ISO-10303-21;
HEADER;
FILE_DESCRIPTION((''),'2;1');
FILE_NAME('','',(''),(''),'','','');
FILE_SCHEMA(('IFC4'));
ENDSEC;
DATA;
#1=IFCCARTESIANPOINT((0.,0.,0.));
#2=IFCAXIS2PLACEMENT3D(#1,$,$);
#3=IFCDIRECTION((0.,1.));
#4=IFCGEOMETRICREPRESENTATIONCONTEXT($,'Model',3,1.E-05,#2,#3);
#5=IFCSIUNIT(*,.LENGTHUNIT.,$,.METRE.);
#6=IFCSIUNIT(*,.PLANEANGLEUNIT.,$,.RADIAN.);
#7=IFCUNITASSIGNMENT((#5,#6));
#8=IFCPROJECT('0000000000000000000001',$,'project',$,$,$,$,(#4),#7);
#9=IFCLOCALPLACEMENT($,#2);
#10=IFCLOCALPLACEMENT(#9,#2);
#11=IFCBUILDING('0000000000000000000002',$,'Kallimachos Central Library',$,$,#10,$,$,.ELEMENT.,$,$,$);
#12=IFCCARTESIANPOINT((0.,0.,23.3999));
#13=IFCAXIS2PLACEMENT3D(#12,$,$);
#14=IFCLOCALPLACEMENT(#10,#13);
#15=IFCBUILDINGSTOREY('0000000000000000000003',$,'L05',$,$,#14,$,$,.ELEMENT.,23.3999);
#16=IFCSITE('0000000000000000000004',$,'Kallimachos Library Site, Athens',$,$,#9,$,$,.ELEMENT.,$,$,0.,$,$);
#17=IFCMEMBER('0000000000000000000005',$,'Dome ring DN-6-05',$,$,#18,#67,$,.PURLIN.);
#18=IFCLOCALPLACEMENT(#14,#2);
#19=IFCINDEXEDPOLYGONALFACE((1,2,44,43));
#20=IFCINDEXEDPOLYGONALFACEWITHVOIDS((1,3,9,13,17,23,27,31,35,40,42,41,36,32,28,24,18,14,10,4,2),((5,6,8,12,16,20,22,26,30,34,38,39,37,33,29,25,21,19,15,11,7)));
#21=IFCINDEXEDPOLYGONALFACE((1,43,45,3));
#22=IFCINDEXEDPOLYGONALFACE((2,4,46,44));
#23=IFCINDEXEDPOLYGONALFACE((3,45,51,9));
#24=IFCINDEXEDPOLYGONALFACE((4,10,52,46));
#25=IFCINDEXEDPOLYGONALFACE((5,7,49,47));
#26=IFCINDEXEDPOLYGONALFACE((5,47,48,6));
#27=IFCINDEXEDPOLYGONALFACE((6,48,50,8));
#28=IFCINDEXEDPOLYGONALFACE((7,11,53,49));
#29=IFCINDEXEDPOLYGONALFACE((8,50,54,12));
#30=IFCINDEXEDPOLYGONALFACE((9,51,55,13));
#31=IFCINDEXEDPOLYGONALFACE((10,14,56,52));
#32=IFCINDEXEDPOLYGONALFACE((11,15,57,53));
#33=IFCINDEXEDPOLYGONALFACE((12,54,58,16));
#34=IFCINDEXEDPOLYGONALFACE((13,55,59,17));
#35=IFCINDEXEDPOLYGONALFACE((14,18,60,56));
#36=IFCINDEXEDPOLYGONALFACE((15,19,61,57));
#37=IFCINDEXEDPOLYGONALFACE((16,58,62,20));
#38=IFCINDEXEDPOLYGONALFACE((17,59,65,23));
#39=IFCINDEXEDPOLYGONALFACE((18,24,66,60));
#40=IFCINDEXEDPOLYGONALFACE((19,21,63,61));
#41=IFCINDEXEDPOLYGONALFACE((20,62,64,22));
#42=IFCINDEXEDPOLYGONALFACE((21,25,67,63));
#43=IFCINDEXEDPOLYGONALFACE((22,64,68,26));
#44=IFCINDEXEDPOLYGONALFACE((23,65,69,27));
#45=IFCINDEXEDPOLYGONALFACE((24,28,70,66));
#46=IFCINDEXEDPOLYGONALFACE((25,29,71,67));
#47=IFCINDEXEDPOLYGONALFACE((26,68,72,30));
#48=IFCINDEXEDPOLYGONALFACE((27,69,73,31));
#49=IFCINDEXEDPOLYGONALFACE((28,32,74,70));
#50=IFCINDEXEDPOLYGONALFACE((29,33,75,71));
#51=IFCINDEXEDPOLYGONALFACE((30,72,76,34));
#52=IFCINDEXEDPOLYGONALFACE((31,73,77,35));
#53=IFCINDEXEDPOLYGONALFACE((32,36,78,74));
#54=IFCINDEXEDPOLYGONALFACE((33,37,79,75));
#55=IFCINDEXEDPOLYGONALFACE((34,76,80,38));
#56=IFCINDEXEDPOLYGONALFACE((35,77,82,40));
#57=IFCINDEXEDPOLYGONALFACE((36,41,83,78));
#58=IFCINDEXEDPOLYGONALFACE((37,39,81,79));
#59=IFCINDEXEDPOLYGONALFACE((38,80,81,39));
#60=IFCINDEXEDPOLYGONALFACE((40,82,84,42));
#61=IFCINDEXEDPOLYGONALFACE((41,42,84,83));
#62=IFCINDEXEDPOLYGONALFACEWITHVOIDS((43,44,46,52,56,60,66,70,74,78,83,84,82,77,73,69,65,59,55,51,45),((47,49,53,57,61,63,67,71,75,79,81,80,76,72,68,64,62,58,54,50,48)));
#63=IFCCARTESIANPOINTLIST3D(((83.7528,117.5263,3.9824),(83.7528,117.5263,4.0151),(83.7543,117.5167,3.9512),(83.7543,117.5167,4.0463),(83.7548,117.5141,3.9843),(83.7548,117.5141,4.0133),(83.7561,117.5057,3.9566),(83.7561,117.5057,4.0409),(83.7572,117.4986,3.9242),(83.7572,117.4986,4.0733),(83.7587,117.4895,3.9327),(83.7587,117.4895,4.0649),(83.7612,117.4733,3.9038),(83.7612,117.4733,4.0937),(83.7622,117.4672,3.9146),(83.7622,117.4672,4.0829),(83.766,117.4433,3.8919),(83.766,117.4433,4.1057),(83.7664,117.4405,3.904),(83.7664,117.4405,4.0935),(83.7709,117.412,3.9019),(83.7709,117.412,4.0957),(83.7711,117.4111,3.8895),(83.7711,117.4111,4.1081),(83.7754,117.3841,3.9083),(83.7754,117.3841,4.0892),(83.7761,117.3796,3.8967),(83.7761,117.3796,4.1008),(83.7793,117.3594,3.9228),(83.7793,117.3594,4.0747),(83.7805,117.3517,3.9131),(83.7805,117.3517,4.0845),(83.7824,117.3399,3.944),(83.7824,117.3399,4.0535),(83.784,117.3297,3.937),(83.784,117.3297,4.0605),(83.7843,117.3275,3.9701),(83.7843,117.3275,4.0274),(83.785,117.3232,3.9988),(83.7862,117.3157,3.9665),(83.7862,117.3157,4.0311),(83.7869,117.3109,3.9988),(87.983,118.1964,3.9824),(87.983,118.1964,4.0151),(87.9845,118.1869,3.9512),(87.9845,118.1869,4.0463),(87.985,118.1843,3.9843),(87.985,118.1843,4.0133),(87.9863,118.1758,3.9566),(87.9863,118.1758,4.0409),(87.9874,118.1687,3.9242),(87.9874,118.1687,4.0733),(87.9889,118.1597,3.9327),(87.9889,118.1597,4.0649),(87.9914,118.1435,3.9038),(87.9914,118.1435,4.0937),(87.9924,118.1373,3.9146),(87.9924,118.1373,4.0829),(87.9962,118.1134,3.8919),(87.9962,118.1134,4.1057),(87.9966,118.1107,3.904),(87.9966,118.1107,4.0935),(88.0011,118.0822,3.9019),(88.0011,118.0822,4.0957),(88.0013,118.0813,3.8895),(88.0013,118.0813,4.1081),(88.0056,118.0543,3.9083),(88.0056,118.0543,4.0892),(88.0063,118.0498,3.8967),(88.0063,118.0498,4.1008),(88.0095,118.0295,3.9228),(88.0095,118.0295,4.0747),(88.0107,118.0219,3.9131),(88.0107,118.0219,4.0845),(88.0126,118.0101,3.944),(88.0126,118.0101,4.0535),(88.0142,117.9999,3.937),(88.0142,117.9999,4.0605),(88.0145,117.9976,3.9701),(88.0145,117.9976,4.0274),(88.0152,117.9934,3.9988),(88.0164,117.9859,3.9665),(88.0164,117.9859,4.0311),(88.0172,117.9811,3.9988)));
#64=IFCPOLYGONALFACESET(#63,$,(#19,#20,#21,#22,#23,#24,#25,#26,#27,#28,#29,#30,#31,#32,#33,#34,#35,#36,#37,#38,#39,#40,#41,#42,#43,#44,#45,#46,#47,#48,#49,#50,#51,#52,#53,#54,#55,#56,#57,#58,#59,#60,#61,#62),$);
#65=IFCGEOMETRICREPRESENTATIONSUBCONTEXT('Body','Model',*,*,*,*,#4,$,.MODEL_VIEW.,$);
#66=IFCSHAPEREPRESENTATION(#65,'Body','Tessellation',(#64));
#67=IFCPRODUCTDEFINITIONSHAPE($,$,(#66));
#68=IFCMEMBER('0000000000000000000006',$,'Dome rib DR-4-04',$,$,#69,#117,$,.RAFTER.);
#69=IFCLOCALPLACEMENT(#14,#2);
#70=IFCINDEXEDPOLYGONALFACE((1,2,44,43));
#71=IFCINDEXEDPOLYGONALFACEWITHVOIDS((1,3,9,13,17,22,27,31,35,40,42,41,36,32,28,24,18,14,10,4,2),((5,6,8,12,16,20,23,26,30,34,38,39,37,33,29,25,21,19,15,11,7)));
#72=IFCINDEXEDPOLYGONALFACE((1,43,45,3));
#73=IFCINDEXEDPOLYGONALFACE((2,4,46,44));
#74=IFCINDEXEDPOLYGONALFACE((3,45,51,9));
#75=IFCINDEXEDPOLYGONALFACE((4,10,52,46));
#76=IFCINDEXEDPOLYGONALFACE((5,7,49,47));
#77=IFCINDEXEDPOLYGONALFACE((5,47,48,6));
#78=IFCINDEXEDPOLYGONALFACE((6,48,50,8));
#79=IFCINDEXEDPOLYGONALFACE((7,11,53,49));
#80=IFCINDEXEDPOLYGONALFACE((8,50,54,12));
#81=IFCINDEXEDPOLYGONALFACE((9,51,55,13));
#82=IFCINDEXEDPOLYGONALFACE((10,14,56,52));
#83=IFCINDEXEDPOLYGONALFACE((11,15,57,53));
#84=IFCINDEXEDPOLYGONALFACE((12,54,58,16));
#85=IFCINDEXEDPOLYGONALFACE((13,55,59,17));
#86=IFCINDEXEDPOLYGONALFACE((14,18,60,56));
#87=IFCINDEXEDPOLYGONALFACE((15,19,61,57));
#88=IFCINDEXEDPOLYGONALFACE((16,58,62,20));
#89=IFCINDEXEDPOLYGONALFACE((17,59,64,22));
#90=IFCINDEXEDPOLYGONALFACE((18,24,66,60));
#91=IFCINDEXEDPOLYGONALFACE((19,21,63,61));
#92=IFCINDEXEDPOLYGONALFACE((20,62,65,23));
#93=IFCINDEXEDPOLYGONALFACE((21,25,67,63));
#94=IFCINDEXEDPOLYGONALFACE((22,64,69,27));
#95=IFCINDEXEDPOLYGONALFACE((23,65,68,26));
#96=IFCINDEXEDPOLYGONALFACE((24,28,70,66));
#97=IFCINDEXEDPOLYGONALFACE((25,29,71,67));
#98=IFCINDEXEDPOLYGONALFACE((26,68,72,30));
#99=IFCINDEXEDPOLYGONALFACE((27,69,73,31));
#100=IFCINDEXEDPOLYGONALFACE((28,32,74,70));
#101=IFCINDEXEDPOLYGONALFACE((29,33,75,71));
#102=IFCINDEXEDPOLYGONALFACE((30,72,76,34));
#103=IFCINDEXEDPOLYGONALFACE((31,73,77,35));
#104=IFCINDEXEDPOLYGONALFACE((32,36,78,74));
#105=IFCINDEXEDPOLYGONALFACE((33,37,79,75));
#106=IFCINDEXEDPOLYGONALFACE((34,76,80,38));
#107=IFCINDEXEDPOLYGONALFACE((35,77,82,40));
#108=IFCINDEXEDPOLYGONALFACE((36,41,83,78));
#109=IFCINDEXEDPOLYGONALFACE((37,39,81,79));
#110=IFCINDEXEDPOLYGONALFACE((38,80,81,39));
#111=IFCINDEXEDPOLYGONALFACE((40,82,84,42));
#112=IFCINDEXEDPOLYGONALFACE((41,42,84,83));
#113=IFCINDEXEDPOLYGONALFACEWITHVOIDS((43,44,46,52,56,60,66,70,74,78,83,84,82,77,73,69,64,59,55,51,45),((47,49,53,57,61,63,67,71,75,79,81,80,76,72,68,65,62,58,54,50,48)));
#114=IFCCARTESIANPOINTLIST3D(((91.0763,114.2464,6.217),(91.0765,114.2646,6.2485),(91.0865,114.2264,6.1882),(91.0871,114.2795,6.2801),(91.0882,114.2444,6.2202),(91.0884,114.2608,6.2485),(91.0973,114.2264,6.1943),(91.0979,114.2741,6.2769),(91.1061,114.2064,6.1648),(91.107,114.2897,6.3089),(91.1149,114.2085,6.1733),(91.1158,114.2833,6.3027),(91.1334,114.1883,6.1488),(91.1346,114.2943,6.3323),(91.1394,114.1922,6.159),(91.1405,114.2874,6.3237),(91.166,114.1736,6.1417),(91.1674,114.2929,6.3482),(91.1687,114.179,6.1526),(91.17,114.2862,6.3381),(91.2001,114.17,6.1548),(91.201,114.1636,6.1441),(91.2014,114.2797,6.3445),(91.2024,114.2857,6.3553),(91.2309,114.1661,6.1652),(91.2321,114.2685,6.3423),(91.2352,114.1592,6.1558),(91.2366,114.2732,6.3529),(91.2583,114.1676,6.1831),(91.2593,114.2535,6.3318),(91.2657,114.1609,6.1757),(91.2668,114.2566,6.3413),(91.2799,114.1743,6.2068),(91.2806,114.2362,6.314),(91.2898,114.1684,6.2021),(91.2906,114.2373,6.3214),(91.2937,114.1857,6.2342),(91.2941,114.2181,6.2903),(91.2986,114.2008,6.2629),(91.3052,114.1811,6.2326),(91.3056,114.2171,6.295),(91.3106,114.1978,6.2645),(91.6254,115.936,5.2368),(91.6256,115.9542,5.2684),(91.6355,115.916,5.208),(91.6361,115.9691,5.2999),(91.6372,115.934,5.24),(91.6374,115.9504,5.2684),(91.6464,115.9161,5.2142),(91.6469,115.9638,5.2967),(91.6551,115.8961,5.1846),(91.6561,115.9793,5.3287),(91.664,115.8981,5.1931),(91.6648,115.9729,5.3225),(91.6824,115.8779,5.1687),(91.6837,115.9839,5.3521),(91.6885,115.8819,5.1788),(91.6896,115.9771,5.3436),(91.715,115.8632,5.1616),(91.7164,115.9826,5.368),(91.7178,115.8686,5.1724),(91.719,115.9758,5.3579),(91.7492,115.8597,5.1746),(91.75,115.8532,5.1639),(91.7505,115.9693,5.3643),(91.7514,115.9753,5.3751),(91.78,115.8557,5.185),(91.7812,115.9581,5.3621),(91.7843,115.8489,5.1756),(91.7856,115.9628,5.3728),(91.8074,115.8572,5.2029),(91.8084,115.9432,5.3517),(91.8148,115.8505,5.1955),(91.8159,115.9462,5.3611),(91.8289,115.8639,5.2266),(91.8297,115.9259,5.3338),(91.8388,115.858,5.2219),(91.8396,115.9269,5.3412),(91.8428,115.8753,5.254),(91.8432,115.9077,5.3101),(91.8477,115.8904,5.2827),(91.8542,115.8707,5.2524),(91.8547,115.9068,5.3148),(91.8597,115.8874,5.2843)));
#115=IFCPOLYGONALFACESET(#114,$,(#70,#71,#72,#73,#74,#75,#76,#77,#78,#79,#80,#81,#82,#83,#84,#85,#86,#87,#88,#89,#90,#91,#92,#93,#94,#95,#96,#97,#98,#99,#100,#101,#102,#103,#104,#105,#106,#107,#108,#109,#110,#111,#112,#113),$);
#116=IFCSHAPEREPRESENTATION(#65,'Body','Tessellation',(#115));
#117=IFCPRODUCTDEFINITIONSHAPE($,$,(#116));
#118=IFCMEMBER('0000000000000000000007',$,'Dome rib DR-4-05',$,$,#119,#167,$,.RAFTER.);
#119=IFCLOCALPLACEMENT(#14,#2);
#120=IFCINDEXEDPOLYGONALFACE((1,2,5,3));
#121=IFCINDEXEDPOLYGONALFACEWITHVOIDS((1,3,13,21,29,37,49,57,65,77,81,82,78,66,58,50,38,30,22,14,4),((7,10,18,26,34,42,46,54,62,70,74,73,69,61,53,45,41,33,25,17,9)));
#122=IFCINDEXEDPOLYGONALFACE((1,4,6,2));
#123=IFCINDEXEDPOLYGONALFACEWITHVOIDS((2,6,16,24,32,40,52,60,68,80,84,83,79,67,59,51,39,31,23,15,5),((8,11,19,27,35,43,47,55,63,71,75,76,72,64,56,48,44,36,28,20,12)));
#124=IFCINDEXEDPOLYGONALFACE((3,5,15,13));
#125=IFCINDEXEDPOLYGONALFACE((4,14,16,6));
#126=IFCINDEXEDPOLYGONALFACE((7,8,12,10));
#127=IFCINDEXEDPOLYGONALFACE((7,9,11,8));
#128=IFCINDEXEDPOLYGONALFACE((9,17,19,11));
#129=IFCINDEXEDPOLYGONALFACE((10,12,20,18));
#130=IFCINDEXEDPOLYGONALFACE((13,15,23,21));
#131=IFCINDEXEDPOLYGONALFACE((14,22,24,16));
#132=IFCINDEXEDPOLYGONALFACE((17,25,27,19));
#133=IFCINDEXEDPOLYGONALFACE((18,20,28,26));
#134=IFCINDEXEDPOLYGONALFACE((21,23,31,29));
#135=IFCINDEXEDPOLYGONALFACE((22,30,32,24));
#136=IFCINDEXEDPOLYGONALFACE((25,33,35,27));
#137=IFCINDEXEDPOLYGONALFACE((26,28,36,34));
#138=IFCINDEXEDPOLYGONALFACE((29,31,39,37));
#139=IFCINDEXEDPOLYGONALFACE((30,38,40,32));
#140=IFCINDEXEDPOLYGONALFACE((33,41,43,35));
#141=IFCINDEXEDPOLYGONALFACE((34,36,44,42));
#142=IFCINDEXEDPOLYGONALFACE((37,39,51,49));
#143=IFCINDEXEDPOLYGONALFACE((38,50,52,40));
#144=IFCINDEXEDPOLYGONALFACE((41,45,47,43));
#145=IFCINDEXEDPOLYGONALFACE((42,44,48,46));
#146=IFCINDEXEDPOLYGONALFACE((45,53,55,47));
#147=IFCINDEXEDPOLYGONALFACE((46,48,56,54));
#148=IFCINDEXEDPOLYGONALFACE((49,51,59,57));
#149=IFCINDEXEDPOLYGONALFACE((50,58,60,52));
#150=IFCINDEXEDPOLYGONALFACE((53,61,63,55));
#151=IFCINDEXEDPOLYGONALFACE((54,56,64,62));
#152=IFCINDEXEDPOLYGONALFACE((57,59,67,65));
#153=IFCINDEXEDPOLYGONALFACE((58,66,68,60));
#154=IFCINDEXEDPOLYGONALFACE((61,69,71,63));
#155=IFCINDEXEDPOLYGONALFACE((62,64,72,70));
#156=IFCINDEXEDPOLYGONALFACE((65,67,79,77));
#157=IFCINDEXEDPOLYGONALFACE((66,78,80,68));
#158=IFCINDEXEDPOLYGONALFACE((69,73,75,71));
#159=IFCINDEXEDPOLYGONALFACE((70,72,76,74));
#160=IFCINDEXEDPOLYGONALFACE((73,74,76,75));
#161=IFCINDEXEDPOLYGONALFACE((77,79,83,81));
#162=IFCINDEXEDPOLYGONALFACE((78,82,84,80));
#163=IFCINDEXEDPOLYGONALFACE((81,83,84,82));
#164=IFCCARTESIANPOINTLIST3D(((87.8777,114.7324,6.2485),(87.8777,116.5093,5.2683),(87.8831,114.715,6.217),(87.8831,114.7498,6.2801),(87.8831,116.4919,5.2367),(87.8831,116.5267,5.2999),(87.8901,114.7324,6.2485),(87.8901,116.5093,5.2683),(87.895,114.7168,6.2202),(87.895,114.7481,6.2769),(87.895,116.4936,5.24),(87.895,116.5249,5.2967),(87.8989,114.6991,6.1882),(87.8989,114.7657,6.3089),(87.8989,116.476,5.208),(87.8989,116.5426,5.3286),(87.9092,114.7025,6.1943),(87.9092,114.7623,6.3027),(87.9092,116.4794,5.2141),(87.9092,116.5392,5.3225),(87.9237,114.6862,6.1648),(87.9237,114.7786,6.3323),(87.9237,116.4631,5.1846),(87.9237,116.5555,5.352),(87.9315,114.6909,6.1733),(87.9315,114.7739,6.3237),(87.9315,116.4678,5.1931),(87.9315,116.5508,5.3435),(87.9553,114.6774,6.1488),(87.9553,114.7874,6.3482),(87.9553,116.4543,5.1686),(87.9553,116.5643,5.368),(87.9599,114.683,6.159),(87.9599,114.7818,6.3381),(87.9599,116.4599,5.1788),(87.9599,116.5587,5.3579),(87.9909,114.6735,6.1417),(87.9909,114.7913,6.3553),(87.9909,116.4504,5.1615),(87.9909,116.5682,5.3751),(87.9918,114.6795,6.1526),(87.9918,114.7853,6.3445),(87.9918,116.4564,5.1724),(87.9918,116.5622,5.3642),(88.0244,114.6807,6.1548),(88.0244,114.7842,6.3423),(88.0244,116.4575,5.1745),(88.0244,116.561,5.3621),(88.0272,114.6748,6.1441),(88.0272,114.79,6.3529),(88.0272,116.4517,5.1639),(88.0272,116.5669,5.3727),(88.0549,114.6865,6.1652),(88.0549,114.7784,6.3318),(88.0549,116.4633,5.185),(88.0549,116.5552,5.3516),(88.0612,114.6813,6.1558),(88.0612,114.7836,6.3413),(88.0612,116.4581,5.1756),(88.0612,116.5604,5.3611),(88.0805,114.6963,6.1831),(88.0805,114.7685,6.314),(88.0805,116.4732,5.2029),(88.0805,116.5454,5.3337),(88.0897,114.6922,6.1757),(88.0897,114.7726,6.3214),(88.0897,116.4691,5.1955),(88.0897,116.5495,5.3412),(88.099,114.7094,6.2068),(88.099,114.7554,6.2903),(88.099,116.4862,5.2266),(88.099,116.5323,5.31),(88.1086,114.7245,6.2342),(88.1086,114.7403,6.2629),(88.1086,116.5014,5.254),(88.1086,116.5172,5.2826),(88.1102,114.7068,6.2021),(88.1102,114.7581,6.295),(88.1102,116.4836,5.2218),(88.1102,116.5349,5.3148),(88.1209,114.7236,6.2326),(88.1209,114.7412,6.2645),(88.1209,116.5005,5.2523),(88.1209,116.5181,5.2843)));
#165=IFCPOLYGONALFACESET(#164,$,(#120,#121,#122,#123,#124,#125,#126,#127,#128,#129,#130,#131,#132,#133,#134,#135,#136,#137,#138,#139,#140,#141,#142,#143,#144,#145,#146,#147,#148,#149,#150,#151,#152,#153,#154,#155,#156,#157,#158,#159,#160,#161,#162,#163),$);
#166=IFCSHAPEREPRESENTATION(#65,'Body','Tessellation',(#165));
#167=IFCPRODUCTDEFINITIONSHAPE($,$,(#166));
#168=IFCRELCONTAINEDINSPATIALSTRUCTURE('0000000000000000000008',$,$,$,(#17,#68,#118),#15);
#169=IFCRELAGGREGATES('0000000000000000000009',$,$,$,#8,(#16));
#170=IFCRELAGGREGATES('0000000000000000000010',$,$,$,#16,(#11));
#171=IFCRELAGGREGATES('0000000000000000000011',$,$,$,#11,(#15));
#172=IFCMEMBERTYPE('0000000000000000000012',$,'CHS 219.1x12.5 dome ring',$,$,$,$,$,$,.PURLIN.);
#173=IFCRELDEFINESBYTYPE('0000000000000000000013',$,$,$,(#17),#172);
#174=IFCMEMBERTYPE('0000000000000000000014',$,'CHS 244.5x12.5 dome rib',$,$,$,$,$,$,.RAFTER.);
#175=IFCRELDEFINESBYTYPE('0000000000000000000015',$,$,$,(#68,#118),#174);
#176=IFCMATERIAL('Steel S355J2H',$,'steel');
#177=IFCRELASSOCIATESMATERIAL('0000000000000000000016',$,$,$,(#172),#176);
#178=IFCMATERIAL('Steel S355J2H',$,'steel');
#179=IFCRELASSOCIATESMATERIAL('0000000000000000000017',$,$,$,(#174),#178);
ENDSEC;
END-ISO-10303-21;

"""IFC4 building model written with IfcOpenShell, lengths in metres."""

from ifc_helpers import new_model, si_unit, direction, frame, origin, origin_2d, place, context, subcontext, project, spatial, hollow_circle, extrude, material, material_profile, profile_set, type_object, element, save


model = new_model("IFC4")

# Units and contexts
model_context = context("Model", 3, precision=1e-05, world=origin(), true_north=direction((0.0, 1.0)))
body_context = subcontext(model_context, "Body", "Model", "MODEL_VIEW")
ifc_project = project(units=[si_unit("LENGTHUNIT", "METRE"), si_unit("PLANEANGLEUNIT", "RADIAN")], contexts=[model_context])

# Site, building, storey
site_placement = place(None, origin())
site = spatial("IfcSite", under=ifc_project, at=site_placement, Name="Kallimachos Library Site, Athens", CompositionType="ELEMENT", RefElevation=0.0)
building_placement = place(site_placement, origin())
building = spatial("IfcBuilding", under=site, at=building_placement, Name="Kallimachos Central Library", CompositionType="ELEMENT")
storey_placement = place(building_placement, frame((0.0, 0.0, 23.3999)))
storey = spatial("IfcBuildingStorey", under=building, at=storey_placement, Name="L05", CompositionType="ELEMENT", Elevation=23.3999)

# Members
ifc_material_1 = material(Name="Steel S355J2H", Category="steel")
ifc_material_profile_1 = material_profile(ifc_material_1, hollow_circle(Radius=0.1096, WallThickness=0.0125, at=origin_2d()), Name="CHS 219.1x12.5")
ifc_profile_set_1 = profile_set([ifc_material_profile_1], Name="Steel S355J2H")
member_type_1 = type_object("IfcMemberType", Name="CHS 219.1x12.5 dome ring", PredefinedType="PURLIN", material=ifc_profile_set_1)
for number, where, z_axis, x_axis, name in (
    (1, (88.0, 118.0894, 3.9988), (-0.987682, -0.156472, 0.0), (0.156472, -0.987682, 0.0), "Dome ring DN-6-05"),
):
    element("IfcMember", number, at=place(storey_placement, frame(where, z_axis=z_axis, x_axis=x_axis)), inside=storey, type_object=member_type_1, Name=name, PredefinedType="PURLIN", context=body_context, shape_type="SweptSolid", body=[
        extrude(hollow_circle(Radius=0.1096, WallThickness=0.0125, at=origin_2d()), origin(), (0.0, 0.0, 1.0), 4.283),
    ])
ifc_material_2 = material(Name="Steel S355J2H", Category="steel")
ifc_material_profile_2 = material_profile(ifc_material_2, hollow_circle(Radius=0.1223, WallThickness=0.0125, at=origin_2d()), Name="CHS 244.5x12.5")
ifc_profile_set_2 = profile_set([ifc_material_profile_2], Name="Steel S355J2H")
member_type_2 = type_object("IfcMemberType", Name="CHS 244.5x12.5 dome rib", PredefinedType="RAFTER", material=ifc_profile_set_2)
member_1_placement = place(storey_placement, frame((91.1929, 114.2268, 6.2485), z_axis=(0.270594, 0.832717, -0.483075), x_axis=(-0.951047, 0.309046, 0.0)))
element("IfcMember", 2, at=member_1_placement, inside=storey, type_object=member_type_2, Name="Dome rib DR-4-04", PredefinedType="RAFTER", context=body_context, shape_type="SweptSolid", body=[
    extrude(hollow_circle(Radius=0.1223, WallThickness=0.0125, at=origin_2d()), origin(), (0.0, 0.0, 1.0), 2.0291),
])
member_2_placement = place(storey_placement, frame((88.0, 114.7324, 6.2485), z_axis=(0.0, 0.8756, -0.483036), x_axis=(-1.0, 0.0, 0.0)))
element("IfcMember", 3, at=member_2_placement, inside=storey, type_object=member_type_2, Name="Dome rib DR-4-05", PredefinedType="RAFTER", context=body_context, shape_type="SweptSolid", body=[
    extrude(hollow_circle(Radius=0.1223, WallThickness=0.0125, at=origin_2d()), origin(), (0.0, 0.0, 1.0), 2.0293),
])

save(model, "model.ifc")
